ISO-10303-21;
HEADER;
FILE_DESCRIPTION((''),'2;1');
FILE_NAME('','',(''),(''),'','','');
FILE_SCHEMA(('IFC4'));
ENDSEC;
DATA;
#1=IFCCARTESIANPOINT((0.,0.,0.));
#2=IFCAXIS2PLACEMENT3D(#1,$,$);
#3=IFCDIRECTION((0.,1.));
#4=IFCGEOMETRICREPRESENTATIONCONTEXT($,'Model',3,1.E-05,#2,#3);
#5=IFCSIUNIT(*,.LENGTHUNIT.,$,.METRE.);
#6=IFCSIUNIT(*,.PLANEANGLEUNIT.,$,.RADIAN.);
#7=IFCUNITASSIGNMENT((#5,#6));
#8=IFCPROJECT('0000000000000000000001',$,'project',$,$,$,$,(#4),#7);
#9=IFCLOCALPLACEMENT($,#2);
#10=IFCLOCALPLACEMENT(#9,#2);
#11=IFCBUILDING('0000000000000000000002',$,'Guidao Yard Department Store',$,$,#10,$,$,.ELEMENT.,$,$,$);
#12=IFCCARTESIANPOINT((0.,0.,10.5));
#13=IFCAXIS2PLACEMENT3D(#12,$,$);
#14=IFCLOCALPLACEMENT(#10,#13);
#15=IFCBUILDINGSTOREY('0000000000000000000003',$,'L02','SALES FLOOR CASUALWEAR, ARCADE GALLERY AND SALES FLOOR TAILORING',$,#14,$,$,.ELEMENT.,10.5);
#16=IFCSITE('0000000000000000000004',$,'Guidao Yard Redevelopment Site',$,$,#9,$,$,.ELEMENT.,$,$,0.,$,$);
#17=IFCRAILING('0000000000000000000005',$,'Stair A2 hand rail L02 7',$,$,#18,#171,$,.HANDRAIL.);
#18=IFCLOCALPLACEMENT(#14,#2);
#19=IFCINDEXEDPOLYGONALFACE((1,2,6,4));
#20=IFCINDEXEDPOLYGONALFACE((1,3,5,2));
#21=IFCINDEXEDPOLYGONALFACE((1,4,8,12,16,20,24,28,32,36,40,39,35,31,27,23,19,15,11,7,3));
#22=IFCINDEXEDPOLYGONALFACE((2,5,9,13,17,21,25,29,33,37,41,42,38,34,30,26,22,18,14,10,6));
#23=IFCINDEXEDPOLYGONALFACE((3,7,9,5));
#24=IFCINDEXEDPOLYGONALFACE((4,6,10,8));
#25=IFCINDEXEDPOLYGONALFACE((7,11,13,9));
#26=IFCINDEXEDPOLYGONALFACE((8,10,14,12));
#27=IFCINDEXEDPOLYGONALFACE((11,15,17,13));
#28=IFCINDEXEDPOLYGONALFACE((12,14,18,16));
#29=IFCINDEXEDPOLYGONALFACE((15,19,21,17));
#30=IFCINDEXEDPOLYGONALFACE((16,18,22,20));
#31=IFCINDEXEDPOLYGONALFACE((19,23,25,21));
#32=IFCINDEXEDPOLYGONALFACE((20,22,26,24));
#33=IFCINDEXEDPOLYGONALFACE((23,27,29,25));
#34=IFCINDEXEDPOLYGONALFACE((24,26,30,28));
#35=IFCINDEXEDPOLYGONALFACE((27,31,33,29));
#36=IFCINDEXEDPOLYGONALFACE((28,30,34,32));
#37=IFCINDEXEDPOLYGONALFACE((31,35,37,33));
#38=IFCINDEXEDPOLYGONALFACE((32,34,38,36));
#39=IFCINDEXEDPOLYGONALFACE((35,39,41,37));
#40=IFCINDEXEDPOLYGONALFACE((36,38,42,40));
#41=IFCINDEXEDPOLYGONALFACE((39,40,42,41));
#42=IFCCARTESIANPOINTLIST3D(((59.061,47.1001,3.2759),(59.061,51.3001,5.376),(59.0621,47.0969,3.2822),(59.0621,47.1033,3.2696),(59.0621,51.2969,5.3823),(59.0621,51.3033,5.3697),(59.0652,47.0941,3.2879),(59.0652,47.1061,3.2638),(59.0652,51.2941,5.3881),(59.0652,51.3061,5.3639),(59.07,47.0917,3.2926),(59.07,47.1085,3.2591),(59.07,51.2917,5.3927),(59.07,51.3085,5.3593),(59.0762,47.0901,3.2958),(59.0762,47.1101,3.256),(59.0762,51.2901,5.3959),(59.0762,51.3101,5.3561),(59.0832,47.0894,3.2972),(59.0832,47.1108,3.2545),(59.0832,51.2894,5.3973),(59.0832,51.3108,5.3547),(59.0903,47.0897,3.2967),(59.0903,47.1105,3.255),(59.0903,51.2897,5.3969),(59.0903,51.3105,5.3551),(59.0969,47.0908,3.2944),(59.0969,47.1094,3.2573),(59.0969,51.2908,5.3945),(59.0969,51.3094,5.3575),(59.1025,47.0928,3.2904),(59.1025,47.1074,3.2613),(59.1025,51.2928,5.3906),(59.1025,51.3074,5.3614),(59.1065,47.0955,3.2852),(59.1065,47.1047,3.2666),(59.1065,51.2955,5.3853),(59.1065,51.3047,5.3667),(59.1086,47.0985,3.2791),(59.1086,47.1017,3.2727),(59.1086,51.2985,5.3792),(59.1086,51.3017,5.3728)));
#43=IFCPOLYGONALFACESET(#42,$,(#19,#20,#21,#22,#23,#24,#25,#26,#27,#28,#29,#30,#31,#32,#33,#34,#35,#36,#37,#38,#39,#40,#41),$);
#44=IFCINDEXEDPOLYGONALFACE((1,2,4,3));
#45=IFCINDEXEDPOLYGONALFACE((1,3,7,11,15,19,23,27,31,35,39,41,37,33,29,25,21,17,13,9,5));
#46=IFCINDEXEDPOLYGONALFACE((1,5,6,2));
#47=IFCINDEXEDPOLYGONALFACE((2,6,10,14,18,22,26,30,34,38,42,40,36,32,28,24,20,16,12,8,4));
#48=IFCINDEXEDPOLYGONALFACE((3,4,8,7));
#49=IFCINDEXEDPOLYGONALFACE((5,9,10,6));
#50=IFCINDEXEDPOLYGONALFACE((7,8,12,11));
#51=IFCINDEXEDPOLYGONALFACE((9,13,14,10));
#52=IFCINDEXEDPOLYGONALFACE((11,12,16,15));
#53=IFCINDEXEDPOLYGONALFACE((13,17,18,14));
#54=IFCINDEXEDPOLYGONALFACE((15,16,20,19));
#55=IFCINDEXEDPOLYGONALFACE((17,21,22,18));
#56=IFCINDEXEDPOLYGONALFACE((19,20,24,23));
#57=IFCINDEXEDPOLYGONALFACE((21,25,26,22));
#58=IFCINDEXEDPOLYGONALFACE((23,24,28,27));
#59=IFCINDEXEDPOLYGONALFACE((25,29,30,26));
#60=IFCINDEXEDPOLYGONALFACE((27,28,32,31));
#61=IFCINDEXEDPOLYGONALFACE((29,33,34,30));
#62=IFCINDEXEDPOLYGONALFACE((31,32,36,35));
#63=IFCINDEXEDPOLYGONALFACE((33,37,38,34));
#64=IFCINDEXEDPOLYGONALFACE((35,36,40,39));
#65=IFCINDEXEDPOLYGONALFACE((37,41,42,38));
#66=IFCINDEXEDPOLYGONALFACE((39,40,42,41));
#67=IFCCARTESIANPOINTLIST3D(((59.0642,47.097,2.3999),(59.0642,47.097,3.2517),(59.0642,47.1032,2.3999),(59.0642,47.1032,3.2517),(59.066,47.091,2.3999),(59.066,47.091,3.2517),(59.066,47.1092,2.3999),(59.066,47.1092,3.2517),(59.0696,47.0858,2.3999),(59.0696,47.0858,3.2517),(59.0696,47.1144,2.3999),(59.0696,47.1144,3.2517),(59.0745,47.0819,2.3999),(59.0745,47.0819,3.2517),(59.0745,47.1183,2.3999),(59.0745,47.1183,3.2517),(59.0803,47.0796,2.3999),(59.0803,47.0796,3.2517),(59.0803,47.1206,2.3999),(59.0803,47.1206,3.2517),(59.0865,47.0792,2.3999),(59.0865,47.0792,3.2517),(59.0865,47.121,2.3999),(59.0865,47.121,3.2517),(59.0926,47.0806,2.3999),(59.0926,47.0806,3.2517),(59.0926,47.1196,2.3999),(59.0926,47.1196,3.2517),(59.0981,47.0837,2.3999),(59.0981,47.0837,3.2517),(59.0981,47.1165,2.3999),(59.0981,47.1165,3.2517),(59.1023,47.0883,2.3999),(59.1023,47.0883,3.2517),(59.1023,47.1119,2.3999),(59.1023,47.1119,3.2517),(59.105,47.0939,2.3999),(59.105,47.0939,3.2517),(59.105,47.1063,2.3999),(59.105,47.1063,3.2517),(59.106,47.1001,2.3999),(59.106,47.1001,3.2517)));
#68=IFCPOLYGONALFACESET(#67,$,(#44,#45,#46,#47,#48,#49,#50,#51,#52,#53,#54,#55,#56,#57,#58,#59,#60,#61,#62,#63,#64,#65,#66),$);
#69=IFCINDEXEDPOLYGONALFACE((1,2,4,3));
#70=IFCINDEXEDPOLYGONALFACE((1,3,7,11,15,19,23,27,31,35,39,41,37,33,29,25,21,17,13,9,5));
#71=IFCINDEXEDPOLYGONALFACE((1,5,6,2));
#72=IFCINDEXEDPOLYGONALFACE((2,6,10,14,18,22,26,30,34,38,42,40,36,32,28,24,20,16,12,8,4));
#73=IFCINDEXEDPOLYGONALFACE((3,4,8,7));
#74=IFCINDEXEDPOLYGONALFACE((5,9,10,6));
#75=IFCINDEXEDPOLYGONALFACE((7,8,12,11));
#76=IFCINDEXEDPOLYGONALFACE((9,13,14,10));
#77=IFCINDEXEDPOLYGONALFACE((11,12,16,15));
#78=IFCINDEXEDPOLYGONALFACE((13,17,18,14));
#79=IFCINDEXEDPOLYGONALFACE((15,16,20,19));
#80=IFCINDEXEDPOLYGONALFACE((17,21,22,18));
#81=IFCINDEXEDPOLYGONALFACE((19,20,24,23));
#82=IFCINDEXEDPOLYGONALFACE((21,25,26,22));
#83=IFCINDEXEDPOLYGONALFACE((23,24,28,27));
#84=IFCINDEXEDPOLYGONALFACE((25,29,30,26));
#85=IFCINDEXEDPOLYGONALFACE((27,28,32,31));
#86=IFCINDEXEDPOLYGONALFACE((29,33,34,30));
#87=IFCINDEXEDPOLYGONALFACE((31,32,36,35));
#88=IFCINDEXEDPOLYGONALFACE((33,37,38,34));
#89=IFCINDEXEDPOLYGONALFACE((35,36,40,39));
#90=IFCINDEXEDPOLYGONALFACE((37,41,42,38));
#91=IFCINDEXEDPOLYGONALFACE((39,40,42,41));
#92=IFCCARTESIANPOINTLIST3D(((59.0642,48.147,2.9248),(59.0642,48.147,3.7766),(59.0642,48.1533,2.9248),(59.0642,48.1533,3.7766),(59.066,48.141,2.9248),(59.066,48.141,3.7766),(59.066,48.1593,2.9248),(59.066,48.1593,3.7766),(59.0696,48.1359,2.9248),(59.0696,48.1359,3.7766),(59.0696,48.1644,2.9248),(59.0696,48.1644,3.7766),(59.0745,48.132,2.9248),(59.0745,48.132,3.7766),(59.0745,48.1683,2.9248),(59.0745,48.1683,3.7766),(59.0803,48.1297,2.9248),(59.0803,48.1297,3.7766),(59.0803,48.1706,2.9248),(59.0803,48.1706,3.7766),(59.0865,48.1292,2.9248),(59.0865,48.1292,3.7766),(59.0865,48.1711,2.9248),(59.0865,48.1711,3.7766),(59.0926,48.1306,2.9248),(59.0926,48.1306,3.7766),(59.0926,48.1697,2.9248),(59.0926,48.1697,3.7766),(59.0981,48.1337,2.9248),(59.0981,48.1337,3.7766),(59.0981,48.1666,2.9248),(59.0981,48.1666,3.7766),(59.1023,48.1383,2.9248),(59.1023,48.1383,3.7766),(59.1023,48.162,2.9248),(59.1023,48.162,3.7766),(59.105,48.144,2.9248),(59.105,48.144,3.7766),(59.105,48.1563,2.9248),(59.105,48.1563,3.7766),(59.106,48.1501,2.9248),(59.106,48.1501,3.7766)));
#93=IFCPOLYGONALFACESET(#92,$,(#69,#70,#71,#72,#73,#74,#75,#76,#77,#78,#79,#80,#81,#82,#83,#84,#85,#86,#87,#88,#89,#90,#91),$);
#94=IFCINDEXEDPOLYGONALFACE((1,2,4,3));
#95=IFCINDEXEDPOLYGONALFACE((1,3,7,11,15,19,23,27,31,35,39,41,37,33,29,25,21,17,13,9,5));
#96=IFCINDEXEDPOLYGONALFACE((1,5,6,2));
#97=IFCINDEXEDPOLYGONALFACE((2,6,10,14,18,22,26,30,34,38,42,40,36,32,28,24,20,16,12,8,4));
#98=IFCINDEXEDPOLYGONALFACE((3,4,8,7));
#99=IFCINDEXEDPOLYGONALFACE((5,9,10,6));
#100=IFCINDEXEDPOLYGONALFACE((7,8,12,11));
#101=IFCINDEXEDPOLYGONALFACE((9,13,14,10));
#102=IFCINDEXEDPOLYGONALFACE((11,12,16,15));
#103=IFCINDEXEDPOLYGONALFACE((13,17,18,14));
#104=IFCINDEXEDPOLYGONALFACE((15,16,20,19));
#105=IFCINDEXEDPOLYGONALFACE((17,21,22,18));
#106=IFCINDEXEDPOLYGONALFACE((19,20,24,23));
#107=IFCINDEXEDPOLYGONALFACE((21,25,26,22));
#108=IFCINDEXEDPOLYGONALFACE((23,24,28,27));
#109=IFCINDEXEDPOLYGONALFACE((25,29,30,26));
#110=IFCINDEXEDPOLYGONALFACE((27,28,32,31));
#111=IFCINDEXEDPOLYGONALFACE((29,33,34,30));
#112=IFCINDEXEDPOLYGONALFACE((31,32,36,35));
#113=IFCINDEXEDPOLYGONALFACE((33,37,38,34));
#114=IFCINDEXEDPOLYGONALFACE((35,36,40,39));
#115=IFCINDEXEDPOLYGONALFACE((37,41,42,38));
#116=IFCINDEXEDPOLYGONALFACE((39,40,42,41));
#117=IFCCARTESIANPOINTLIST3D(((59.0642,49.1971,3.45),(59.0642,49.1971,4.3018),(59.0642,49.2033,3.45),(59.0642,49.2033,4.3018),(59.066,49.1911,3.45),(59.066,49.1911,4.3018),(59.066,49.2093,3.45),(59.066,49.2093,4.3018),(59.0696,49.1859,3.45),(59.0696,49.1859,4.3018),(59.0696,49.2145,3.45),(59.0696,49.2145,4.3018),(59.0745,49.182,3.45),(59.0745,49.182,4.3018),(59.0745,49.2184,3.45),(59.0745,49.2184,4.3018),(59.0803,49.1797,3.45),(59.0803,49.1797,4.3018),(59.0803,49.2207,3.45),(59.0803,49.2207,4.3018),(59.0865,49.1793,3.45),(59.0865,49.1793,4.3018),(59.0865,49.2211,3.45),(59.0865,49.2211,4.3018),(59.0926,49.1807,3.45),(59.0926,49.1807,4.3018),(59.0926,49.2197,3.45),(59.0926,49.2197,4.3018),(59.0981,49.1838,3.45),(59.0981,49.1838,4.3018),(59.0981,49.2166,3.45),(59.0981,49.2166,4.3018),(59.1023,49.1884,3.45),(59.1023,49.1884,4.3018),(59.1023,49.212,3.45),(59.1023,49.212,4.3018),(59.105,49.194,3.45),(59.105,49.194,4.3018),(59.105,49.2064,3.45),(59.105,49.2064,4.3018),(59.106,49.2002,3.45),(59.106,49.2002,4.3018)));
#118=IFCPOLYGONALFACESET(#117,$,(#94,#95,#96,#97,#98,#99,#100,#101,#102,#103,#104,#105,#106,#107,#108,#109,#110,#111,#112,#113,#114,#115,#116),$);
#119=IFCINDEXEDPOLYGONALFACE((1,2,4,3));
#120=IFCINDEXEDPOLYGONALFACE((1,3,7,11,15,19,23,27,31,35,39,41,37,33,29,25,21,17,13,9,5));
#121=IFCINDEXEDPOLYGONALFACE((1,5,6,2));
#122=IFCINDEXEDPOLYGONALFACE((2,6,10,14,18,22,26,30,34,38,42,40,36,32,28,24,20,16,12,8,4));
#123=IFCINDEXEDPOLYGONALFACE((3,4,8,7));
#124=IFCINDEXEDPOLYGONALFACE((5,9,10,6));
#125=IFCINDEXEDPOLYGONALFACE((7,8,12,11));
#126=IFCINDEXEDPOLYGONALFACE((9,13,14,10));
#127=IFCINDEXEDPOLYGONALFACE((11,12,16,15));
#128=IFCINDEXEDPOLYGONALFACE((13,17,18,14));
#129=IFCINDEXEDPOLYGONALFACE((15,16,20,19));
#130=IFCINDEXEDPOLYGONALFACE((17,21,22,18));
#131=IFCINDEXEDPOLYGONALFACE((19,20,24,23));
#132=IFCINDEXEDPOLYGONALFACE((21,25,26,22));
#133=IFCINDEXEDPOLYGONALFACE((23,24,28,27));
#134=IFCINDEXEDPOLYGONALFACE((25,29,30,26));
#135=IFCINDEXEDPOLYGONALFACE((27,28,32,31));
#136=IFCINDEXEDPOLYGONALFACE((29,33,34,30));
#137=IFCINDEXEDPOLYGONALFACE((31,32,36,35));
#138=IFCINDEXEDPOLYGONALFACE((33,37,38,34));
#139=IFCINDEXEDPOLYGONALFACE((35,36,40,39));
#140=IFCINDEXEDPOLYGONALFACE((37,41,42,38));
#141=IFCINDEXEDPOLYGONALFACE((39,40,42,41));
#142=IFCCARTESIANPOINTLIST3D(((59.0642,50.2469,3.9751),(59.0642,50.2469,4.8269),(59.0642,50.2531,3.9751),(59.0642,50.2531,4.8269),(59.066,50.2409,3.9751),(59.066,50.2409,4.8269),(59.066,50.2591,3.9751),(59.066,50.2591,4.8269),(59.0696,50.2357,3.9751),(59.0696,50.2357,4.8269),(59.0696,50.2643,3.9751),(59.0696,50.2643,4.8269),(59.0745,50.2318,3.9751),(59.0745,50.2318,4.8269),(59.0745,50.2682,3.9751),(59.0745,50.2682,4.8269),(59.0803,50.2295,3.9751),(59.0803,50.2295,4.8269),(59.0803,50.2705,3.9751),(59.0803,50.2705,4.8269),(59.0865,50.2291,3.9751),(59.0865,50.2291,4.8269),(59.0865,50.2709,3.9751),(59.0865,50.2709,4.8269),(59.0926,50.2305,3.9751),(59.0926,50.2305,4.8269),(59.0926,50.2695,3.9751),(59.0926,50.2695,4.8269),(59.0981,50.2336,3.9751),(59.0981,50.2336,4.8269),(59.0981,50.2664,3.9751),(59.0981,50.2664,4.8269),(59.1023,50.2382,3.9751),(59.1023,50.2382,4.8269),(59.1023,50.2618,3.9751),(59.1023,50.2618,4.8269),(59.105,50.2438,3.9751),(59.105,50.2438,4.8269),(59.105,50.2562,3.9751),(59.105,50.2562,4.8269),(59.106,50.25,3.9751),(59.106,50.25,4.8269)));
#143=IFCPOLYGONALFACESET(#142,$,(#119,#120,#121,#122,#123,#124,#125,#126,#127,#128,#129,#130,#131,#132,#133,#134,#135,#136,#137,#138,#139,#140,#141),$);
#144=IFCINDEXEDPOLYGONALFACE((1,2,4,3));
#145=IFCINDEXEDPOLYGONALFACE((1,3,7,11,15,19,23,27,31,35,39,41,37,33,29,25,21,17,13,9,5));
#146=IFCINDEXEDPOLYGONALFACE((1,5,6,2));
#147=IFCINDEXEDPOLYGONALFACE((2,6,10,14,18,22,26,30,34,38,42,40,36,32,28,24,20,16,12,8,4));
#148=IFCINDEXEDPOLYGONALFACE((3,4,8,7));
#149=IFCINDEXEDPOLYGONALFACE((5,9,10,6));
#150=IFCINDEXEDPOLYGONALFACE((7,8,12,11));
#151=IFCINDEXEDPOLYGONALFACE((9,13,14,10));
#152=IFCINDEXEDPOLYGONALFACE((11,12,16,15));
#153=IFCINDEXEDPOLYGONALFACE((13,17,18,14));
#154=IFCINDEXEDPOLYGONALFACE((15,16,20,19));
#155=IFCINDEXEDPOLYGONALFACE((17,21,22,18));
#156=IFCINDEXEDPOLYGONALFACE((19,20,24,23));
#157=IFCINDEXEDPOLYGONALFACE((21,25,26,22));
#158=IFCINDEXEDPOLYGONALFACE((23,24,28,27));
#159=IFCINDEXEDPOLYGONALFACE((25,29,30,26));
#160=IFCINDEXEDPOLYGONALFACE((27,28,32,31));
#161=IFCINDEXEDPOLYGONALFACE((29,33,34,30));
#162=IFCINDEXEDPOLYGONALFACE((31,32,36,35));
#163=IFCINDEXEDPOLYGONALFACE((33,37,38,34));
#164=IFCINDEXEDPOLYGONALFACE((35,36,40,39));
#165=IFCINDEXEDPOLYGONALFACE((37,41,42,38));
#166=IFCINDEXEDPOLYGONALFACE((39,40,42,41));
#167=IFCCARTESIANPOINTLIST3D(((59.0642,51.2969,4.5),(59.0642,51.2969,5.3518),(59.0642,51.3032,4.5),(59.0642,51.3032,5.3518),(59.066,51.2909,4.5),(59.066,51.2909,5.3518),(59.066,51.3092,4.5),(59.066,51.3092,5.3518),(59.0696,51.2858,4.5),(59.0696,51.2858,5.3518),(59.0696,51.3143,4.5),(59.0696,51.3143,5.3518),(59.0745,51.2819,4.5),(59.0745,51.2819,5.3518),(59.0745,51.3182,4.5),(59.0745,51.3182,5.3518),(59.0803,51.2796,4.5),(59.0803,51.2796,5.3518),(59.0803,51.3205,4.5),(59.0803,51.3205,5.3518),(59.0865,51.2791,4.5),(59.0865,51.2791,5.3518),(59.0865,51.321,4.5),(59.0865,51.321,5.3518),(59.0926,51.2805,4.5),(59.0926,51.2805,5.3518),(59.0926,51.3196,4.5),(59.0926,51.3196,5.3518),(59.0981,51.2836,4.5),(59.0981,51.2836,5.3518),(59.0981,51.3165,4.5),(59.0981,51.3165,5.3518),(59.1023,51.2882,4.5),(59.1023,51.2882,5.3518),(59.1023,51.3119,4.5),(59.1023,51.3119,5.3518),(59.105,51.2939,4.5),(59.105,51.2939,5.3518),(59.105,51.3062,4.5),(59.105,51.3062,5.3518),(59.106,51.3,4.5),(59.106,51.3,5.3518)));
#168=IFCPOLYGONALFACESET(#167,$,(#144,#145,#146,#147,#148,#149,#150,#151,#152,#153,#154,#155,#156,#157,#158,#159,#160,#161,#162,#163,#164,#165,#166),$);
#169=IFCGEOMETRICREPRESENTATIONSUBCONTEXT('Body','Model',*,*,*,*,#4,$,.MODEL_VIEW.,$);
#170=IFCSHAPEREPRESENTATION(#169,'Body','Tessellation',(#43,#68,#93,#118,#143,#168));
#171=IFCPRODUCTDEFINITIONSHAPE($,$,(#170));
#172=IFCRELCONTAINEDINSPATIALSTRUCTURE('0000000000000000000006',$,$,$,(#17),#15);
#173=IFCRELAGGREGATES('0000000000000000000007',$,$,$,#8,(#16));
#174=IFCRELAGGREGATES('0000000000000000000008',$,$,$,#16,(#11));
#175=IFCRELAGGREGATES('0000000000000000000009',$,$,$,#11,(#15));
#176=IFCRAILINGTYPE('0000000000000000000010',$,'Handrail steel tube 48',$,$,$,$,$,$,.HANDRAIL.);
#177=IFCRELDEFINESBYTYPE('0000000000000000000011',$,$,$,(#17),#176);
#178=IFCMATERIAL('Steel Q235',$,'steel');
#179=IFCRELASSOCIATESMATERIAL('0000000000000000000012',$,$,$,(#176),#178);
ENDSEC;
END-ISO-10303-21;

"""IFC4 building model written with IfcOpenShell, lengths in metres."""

from ifc_helpers import new_model, si_unit, direction, frame, origin, origin_2d, place, context, subcontext, project, spatial, circle, extrude, material, type_object, element, save


model = new_model("IFC4")

# Units and contexts
model_context = context("Model", 3, precision=1e-05, world=origin(), true_north=direction((0.0, 1.0)))
body_context = subcontext(model_context, "Body", "Model", "MODEL_VIEW")
ifc_project = project(units=[si_unit("LENGTHUNIT", "METRE"), si_unit("PLANEANGLEUNIT", "RADIAN")], contexts=[model_context])

# Site, building, storey
site_placement = place(None, origin())
site = spatial("IfcSite", under=ifc_project, at=site_placement, Name="Guidao Yard Redevelopment Site", CompositionType="ELEMENT", RefElevation=0.0)
building_placement = place(site_placement, origin())
building = spatial("IfcBuilding", under=site, at=building_placement, Name="Guidao Yard Department Store", CompositionType="ELEMENT")
storey_placement = place(building_placement, frame((0.0, 0.0, 10.5)))
storey = spatial("IfcBuildingStorey", under=building, at=storey_placement, Name="L02", Description="SALES FLOOR CASUALWEAR, ARCADE GALLERY AND SALES FLOOR TAILORING", CompositionType="ELEMENT", Elevation=10.5)

# Railing
ifc_material_1 = material(Name="Steel Q235", Category="steel")
railing_type_1 = type_object("IfcRailingType", Name="Handrail steel tube 48", PredefinedType="HANDRAIL", material=ifc_material_1)
for number, where, name in (
    (1, (59.085, 47.1001, 2.3999), "Stair A2 hand rail L02 7"),
):
    element("IfcRailing", number, at=place(storey_placement, frame(where)), inside=storey, type_object=railing_type_1, Name=name, PredefinedType="HANDRAIL", context=body_context, shape_type="SweptSolid", body=[
        extrude(circle(Radius=0.0239, at=origin_2d()), frame((0.0, 0.0, 0.876), z_axis=(0.0, 0.894417, 0.447234), x_axis=(-1.0, 0.0, 0.0)), (0.0, 0.0, 1.0), 4.6958),
        extrude(circle(Radius=0.021, at=origin_2d()), origin(), (0.0, 0.0, 1.0), 0.8518),
        extrude(circle(Radius=0.021, at=origin_2d()), frame((0.0, 1.05, 0.5249)), (0.0, 0.0, 1.0), 0.8518),
        extrude(circle(Radius=0.021, at=origin_2d()), frame((0.0, 2.1001, 1.05)), (0.0, 0.0, 1.0), 0.8518),
        extrude(circle(Radius=0.021, at=origin_2d()), frame((0.0, 3.1499, 1.5752)), (0.0, 0.0, 1.0), 0.8518),
        extrude(circle(Radius=0.021, at=origin_2d()), frame((0.0, 4.2, 2.1001)), (0.0, 0.0, 1.0), 0.8518),
    ])

save(model, "model.ifc")
